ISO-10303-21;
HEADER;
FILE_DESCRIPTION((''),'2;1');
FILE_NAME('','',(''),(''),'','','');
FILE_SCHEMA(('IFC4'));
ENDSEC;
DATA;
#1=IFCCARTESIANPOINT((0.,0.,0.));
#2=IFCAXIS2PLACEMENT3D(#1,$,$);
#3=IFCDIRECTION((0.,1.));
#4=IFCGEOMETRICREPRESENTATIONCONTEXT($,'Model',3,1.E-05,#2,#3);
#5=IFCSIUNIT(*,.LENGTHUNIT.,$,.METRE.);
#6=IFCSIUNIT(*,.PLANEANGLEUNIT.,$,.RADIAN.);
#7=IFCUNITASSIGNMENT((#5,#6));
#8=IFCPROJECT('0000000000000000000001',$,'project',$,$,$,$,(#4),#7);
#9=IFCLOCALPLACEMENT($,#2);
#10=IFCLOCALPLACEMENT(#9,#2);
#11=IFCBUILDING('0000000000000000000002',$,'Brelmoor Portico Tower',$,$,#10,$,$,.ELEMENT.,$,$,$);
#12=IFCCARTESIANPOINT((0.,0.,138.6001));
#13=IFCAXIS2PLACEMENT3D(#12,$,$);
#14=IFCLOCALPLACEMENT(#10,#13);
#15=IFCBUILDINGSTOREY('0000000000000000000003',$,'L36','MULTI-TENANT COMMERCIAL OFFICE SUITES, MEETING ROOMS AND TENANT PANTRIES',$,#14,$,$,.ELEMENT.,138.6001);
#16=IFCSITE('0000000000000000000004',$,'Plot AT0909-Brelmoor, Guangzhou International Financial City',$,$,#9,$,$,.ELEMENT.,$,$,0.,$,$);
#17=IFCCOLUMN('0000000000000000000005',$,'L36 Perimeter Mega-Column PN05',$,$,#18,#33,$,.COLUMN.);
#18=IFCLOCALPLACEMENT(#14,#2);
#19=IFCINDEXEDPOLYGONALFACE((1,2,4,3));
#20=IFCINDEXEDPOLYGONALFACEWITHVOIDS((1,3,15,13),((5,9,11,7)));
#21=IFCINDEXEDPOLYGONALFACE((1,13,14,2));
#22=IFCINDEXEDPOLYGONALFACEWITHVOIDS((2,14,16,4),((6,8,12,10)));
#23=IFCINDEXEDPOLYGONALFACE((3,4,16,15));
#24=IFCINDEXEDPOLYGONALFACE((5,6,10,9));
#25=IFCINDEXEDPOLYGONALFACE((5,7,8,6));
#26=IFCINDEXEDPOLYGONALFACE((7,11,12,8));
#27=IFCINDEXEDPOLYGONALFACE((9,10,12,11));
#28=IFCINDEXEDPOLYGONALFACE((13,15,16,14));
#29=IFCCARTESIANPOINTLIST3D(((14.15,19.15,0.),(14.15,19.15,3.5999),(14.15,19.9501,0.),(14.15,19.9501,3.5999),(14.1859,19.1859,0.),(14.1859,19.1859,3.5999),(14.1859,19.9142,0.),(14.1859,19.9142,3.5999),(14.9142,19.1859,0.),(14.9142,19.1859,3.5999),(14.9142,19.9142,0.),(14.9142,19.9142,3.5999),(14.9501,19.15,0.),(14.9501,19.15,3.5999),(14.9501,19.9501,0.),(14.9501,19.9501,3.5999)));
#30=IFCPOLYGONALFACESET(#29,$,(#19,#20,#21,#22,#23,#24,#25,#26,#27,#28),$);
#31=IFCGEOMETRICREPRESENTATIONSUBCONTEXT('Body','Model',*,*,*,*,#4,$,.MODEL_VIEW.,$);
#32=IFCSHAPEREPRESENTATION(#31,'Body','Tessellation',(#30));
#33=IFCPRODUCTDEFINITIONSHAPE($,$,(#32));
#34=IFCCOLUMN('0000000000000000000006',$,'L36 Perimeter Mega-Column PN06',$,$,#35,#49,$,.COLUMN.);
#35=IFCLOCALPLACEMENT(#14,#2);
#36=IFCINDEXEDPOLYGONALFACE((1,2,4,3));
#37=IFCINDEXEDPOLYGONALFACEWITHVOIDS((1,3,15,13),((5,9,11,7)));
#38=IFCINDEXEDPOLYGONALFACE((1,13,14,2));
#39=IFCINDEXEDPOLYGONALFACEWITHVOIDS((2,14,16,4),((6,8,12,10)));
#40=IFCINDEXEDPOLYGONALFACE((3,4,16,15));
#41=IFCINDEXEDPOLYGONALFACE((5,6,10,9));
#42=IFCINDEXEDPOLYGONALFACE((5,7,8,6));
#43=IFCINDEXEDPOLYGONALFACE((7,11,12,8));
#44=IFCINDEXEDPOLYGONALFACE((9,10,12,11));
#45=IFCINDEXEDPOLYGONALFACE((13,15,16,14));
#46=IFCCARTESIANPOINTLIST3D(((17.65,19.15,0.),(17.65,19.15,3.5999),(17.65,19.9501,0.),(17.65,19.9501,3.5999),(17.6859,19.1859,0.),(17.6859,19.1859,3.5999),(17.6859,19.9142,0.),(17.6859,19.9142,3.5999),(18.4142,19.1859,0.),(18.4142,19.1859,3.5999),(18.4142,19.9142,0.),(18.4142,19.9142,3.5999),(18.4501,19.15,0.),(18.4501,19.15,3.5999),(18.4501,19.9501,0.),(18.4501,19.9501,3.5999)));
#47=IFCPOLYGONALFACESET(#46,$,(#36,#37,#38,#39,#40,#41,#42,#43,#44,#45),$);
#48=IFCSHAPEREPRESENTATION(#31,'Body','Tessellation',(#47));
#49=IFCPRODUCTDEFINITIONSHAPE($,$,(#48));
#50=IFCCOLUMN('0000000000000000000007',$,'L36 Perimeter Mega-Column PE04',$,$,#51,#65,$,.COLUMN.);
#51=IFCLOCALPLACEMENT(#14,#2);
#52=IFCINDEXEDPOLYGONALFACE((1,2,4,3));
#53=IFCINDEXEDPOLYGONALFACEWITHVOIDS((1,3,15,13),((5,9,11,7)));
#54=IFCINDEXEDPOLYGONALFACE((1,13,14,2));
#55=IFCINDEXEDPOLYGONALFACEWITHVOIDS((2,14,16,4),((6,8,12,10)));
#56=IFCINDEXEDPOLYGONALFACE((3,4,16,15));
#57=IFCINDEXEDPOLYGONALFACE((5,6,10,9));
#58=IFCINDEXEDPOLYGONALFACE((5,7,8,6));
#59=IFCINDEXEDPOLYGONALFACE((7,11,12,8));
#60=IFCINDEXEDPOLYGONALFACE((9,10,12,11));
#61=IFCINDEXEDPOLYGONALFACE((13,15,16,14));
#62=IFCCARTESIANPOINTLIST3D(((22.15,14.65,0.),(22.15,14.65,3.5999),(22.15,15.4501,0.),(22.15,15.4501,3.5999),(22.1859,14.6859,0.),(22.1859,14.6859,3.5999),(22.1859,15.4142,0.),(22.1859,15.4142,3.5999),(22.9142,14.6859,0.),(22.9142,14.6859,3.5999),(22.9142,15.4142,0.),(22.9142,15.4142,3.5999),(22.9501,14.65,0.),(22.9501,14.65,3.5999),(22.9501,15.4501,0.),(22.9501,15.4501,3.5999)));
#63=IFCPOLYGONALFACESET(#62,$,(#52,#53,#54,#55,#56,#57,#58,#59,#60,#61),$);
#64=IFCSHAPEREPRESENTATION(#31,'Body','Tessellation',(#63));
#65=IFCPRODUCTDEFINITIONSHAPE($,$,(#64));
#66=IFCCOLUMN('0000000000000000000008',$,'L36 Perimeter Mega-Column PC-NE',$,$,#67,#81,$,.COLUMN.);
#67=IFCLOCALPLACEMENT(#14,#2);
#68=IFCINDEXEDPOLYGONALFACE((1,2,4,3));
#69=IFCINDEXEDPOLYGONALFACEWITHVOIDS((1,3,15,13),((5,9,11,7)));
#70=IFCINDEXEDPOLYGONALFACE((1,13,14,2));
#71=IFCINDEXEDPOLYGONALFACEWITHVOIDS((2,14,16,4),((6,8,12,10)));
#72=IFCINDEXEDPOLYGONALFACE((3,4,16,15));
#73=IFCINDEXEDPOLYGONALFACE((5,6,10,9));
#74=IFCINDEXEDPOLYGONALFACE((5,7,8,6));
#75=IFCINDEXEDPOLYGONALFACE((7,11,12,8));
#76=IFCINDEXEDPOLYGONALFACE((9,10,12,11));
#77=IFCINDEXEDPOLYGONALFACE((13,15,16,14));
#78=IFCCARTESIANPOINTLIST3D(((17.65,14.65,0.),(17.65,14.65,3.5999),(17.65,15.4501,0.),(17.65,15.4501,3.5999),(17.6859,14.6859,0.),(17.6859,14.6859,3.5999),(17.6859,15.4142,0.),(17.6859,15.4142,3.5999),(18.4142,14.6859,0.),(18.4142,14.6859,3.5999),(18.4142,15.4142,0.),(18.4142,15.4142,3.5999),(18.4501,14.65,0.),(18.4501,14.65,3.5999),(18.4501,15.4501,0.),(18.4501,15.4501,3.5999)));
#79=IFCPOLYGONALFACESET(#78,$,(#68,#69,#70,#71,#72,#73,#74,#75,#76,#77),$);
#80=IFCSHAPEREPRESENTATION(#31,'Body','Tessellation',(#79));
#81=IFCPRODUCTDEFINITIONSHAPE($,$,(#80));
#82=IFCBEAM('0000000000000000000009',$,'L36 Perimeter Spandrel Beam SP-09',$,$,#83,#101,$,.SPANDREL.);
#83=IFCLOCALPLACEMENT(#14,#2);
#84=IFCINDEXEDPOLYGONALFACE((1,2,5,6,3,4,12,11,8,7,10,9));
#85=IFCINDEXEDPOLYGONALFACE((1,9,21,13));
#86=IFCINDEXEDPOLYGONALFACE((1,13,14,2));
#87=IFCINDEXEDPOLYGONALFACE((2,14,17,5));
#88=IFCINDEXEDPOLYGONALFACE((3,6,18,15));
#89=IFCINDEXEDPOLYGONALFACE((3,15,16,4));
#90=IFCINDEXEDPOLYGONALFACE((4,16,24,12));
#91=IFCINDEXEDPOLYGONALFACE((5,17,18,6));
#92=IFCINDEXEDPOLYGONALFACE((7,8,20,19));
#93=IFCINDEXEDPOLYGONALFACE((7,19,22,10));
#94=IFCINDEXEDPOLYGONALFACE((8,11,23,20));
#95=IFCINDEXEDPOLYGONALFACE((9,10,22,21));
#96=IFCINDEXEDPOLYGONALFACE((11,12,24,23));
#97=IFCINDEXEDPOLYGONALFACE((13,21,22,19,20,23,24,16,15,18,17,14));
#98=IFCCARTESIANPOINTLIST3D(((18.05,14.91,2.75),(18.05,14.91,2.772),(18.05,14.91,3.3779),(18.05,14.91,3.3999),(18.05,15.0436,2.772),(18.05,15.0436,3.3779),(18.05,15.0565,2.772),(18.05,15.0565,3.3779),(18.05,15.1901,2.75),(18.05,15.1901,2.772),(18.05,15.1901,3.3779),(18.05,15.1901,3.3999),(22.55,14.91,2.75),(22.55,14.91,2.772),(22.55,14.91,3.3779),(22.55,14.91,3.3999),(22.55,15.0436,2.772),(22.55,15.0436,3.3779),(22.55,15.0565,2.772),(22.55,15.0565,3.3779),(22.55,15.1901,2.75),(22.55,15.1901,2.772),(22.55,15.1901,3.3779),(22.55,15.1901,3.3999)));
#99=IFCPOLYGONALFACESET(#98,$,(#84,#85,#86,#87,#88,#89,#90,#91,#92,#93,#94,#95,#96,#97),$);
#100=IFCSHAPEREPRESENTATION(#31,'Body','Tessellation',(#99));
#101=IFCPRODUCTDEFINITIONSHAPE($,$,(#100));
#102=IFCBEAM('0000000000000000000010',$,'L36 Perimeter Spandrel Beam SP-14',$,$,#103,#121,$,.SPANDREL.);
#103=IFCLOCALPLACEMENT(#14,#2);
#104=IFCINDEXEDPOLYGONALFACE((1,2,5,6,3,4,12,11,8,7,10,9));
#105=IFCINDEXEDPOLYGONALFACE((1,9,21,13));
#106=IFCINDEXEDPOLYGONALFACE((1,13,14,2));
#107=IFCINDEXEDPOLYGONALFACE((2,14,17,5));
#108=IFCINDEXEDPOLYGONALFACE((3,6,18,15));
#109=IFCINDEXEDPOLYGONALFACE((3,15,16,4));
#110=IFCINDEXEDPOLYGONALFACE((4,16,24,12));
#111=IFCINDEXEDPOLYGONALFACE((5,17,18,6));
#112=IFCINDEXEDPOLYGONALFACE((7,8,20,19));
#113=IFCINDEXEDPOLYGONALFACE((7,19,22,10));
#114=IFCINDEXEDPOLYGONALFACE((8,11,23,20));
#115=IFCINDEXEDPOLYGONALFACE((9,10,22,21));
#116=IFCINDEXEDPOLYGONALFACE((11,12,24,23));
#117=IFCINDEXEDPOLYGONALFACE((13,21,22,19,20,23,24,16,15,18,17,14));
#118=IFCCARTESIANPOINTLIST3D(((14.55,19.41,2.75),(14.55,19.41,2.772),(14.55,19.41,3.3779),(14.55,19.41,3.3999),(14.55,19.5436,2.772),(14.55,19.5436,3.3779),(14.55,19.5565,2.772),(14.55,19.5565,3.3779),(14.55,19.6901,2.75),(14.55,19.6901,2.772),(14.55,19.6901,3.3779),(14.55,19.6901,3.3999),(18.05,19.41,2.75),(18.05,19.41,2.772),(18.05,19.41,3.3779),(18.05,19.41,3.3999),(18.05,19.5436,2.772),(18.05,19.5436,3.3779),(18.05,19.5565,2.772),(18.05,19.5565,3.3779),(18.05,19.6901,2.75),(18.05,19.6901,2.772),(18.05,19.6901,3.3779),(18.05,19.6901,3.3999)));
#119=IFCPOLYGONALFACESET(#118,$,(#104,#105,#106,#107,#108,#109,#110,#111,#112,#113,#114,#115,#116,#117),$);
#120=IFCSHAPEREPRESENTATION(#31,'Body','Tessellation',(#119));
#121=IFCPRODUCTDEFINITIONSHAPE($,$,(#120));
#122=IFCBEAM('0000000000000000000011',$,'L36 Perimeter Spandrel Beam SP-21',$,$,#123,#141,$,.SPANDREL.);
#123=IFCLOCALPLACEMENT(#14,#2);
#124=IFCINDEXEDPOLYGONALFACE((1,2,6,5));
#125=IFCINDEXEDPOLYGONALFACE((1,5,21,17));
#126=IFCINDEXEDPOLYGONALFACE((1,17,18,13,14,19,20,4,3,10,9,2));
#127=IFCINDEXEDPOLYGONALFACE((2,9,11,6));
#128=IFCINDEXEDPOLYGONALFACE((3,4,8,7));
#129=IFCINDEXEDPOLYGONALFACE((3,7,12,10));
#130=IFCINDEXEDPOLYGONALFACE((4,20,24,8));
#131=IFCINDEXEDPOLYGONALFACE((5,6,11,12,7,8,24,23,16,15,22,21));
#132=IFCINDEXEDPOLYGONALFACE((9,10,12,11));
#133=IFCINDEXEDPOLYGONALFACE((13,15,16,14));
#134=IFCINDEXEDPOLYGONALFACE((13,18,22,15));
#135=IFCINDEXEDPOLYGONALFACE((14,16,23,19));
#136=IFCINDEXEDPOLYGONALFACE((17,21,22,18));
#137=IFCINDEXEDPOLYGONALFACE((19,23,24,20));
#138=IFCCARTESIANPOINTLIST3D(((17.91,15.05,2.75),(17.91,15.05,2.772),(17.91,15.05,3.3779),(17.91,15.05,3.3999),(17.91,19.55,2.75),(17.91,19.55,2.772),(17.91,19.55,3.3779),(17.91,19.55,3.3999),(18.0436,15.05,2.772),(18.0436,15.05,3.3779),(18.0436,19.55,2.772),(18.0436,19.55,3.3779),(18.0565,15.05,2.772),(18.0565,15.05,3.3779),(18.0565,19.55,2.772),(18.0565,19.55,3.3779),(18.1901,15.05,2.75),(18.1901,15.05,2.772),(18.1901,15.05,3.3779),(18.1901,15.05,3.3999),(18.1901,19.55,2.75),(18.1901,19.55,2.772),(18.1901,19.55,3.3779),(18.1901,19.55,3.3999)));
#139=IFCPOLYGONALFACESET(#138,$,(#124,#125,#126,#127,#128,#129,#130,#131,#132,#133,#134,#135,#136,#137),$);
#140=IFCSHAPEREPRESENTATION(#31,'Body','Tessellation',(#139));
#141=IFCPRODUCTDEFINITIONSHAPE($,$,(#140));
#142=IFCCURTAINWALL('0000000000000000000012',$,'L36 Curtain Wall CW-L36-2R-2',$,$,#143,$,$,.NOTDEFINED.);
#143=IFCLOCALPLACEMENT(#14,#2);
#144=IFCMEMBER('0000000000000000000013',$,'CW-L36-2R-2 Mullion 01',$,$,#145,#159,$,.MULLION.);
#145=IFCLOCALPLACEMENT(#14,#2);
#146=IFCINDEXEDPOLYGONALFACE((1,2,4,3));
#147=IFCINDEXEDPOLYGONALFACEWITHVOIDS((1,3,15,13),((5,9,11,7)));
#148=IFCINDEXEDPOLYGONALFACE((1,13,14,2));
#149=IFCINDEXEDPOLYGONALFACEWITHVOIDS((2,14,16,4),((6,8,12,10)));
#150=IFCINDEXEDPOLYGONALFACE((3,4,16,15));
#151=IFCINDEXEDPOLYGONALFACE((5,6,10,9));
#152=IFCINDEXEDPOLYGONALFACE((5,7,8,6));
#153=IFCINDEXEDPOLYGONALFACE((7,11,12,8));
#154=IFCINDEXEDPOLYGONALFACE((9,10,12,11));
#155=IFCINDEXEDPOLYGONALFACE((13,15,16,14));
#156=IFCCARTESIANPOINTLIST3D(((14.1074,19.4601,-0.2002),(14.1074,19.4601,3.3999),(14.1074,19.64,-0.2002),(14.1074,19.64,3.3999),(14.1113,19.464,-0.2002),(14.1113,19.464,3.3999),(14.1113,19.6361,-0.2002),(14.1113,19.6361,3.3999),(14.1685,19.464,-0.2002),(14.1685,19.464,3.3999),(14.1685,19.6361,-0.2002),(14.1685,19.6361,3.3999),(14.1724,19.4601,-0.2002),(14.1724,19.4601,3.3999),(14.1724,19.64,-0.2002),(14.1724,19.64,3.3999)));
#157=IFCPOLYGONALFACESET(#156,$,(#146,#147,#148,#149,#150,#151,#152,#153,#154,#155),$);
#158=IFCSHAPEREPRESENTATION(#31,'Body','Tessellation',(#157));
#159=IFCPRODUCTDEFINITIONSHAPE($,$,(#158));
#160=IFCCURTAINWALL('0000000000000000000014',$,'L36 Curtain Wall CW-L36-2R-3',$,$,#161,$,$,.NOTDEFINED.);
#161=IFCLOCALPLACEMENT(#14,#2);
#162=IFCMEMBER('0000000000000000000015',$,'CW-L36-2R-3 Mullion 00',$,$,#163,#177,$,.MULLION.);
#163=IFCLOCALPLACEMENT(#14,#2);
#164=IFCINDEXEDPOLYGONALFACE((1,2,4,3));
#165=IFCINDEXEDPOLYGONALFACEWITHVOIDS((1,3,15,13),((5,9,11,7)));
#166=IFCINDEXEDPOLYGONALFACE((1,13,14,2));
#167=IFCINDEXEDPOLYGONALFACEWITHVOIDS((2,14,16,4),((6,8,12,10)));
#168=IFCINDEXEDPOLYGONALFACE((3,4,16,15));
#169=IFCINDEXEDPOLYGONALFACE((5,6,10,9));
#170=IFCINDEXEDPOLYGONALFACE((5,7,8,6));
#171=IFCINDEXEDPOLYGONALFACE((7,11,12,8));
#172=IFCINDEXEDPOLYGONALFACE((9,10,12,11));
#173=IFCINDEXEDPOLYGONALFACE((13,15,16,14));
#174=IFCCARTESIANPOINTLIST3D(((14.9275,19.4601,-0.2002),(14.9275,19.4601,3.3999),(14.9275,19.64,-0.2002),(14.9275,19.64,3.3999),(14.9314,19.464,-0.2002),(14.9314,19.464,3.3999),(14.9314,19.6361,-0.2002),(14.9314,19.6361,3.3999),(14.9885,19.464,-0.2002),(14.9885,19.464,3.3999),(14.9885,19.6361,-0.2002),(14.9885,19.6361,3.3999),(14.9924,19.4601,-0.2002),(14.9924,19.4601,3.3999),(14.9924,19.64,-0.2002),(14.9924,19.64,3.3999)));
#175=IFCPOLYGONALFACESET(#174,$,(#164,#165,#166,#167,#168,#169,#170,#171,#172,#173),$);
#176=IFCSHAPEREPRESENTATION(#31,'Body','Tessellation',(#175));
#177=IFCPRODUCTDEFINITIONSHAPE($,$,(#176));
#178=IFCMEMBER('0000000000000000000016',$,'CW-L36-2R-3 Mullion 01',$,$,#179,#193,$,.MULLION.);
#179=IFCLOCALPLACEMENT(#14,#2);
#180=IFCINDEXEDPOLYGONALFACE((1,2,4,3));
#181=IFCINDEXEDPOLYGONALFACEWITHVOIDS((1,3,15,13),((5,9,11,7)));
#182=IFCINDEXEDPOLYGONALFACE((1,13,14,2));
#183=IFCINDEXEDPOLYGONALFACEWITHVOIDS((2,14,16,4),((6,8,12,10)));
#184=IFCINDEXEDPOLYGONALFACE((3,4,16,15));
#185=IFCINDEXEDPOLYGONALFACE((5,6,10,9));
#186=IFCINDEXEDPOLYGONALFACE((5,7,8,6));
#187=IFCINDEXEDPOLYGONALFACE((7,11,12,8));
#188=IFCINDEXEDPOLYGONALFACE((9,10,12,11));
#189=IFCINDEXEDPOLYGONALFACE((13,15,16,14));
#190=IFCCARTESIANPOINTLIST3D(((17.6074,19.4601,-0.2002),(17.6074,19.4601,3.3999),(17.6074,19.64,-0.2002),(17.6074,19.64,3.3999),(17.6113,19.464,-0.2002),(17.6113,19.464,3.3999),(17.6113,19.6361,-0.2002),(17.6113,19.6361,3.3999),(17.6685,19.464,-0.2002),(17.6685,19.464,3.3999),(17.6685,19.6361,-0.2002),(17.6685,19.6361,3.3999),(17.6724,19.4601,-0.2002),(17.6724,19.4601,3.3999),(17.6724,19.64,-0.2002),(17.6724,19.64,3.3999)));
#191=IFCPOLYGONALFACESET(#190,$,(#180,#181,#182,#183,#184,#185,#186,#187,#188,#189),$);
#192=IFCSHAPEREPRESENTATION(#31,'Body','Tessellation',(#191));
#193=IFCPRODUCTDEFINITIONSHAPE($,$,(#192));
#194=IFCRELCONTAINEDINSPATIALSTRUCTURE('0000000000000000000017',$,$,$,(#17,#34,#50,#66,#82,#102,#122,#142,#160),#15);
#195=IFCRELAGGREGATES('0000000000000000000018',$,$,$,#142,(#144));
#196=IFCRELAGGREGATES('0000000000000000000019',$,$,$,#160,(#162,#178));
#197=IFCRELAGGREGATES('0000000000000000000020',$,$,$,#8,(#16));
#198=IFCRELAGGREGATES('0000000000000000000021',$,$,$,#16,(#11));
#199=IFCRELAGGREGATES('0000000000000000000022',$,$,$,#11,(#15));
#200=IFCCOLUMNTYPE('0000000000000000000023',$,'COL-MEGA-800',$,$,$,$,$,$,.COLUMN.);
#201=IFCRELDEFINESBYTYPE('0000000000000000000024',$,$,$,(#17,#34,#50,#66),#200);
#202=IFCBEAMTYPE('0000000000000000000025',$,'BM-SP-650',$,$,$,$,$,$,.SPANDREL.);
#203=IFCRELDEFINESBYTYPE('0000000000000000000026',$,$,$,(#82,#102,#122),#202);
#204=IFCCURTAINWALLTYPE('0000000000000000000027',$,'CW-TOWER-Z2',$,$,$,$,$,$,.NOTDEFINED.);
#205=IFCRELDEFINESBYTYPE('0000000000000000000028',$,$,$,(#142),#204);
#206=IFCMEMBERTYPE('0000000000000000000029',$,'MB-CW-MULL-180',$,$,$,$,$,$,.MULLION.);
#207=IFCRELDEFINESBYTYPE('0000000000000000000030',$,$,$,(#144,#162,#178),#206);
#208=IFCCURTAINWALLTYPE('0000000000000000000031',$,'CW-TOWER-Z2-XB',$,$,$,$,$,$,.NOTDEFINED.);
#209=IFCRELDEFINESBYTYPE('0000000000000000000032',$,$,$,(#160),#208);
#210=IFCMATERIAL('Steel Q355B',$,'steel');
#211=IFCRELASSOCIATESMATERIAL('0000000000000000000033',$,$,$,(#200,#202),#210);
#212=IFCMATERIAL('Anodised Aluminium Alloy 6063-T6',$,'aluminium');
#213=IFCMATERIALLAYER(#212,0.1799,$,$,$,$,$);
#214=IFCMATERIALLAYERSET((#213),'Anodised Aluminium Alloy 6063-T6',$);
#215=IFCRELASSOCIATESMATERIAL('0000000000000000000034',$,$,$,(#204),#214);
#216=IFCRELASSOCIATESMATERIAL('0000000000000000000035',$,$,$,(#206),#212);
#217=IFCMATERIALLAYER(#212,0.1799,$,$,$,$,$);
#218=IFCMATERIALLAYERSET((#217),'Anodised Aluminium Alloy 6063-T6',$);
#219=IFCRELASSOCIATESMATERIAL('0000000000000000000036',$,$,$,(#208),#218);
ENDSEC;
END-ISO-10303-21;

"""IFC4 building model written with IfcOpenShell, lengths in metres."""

from ifc_helpers import new_model, si_unit, direction, frame, origin, origin_2d, place, context, subcontext, project, spatial, hollow_rectangle, i_section, extrude, material, layer, layer_set, material_profile, profile_set, type_object, element, aggregate, save


model = new_model("IFC4")

# Units and contexts
model_context = context("Model", 3, precision=1e-05, world=origin(), true_north=direction((0.0, 1.0)))
body_context = subcontext(model_context, "Body", "Model", "MODEL_VIEW")
ifc_project = project(units=[si_unit("LENGTHUNIT", "METRE"), si_unit("PLANEANGLEUNIT", "RADIAN")], contexts=[model_context])

# Site, building, storey
site_placement = place(None, origin())
site = spatial("IfcSite", under=ifc_project, at=site_placement, Name="Plot AT0909-Brelmoor, Guangzhou International Financial City", CompositionType="ELEMENT", RefElevation=0.0)
building_placement = place(site_placement, origin())
building = spatial("IfcBuilding", under=site, at=building_placement, Name="Brelmoor Portico Tower", CompositionType="ELEMENT")
storey_placement = place(building_placement, frame((0.0, 0.0, 138.6001)))
storey = spatial("IfcBuildingStorey", under=building, at=storey_placement, Name="L36", Description="MULTI-TENANT COMMERCIAL OFFICE SUITES, MEETING ROOMS AND TENANT PANTRIES", CompositionType="ELEMENT", Elevation=138.6001)

# Columns
ifc_material_1 = material(Name="Steel Q355B", Category="steel")
ifc_material_profile_1 = material_profile(ifc_material_1, hollow_rectangle(XDim=0.8, YDim=0.8, WallThickness=0.0359, at=origin_2d()), Name="BOX 800x800x36")
ifc_profile_set_1 = profile_set([ifc_material_profile_1], Name="Steel Q355B")
column_type = type_object("IfcColumnType", Name="COL-MEGA-800", PredefinedType="COLUMN", material=ifc_profile_set_1)
for number, where, z_axis, x_axis, name in (
    (1, (14.55, 19.55, 0.0), (0.0, 0.0, 1.0), (1.0, 0.0, 0.0), "L36 Perimeter Mega-Column PN05"),
    (2, (18.05, 19.55, 0.0), (0.0, 0.0, 1.0), (1.0, 0.0, 0.0), "L36 Perimeter Mega-Column PN06"),
    (3, (22.55, 15.05, 0.0), (0.0, 0.0, 1.0), (0.0, 1.0, 0.0), "L36 Perimeter Mega-Column PE04"),
    (4, (18.05, 15.05, 0.0), (0.0, 0.0, 1.0), (1.0, 0.0, 0.0), "L36 Perimeter Mega-Column PC-NE"),
):
    element("IfcColumn", number, at=place(storey_placement, frame(where, z_axis=z_axis, x_axis=x_axis)), inside=storey, type_object=column_type, Name=name, PredefinedType="COLUMN", context=body_context, shape_type="SweptSolid", body=[
        extrude(hollow_rectangle(XDim=0.8, YDim=0.8, WallThickness=0.0359, at=origin_2d()), origin(), (0.0, 0.0, 1.0), 3.5999),
    ])

# Beams
ifc_material_profile_2 = material_profile(ifc_material_1, i_section(OverallWidth=0.28, OverallDepth=0.6499, WebThickness=0.0129, FlangeThickness=0.022, at=origin_2d()), Name="HN 650x280x13x22")
ifc_profile_set_2 = profile_set([ifc_material_profile_2], Name="Steel Q355B")
beam_type = type_object("IfcBeamType", Name="BM-SP-650", PredefinedType="SPANDREL", material=ifc_profile_set_2)
beam_1_placement = place(storey_placement, frame((18.05, 15.05, 3.075), z_axis=(1.0, 0.0, 0.0), x_axis=(0.0, 1.0, 0.0)))
element("IfcBeam", 5, at=beam_1_placement, inside=storey, type_object=beam_type, Name="L36 Perimeter Spandrel Beam SP-09", PredefinedType="SPANDREL", context=body_context, shape_type="SweptSolid", body=[
    extrude(i_section(OverallWidth=0.28, OverallDepth=0.6499, WebThickness=0.0129, FlangeThickness=0.022, at=origin_2d()), origin(), (0.0, 0.0, 1.0), 4.5),
])
beam_2_placement = place(storey_placement, frame((14.55, 19.55, 3.075), z_axis=(1.0, 0.0, 0.0), x_axis=(0.0, 1.0, 0.0)))
element("IfcBeam", 6, at=beam_2_placement, inside=storey, type_object=beam_type, Name="L36 Perimeter Spandrel Beam SP-14", PredefinedType="SPANDREL", context=body_context, shape_type="SweptSolid", body=[
    extrude(i_section(OverallWidth=0.28, OverallDepth=0.6499, WebThickness=0.0129, FlangeThickness=0.022, at=origin_2d()), origin(), (0.0, 0.0, 1.0), 3.5),
])
beam_3_placement = place(storey_placement, frame((18.05, 15.05, 3.075), z_axis=(0.0, 1.0, 0.0), x_axis=(-1.0, 0.0, 0.0)))
element("IfcBeam", 7, at=beam_3_placement, inside=storey, type_object=beam_type, Name="L36 Perimeter Spandrel Beam SP-21", PredefinedType="SPANDREL", context=body_context, shape_type="SweptSolid", body=[
    extrude(i_section(OverallWidth=0.28, OverallDepth=0.6499, WebThickness=0.0129, FlangeThickness=0.022, at=origin_2d()), origin(), (0.0, 0.0, 1.0), 4.5),
])

# Curtain wall, member
ifc_material_2 = material(Name="Anodised Aluminium Alloy 6063-T6", Category="aluminium")
ifc_layer_1 = layer(ifc_material_2, 0.1799)
ifc_layer_set_1 = layer_set([ifc_layer_1], Name="Anodised Aluminium Alloy 6063-T6")
curtain_wall_type_1 = type_object("IfcCurtainWallType", Name="CW-TOWER-Z2", PredefinedType="NOTDEFINED", material=ifc_layer_set_1)
curtain_wall_1_placement = place(storey_placement, origin())
curtain_wall_1 = element("IfcCurtainWall", 8, at=curtain_wall_1_placement, inside=storey, type_object=curtain_wall_type_1, Name="L36 Curtain Wall CW-L36-2R-2", PredefinedType="NOTDEFINED")
ifc_material_profile_3 = material_profile(ifc_material_2, hollow_rectangle(XDim=0.0649, YDim=0.1799, WallThickness=0.0039, at=origin_2d()), Name="ALU MULLION 65x180")
ifc_profile_set_3 = profile_set([ifc_material_profile_3], Name="Anodised Aluminium Alloy 6063-T6")
member_type_1 = type_object("IfcMemberType", Name="MB-CW-MULL-180", PredefinedType="MULLION", material=ifc_profile_set_3)
member_1_placement = place(storey_placement, frame((14.1399, 19.55, -0.2002), z_axis=(0.0, 0.0, 1.0), x_axis=(1.0, 0.0, 0.0)))
member_1 = element("IfcMember", 9, at=member_1_placement, type_object=member_type_1, Name="CW-L36-2R-2 Mullion 01", PredefinedType="MULLION", context=body_context, shape_type="SweptSolid", body=[
    extrude(hollow_rectangle(XDim=0.0649, YDim=0.1799, WallThickness=0.0039, at=origin_2d()), origin(), (0.0, 0.0, 1.0), 3.6001),
])
aggregate(curtain_wall_1, [member_1])

# Curtain wall, members
ifc_layer_2 = layer(ifc_material_2, 0.1799)
ifc_layer_set_2 = layer_set([ifc_layer_2], Name="Anodised Aluminium Alloy 6063-T6")
curtain_wall_type_2 = type_object("IfcCurtainWallType", Name="CW-TOWER-Z2-XB", PredefinedType="NOTDEFINED", material=ifc_layer_set_2)
curtain_wall_2_placement = place(storey_placement, origin())
curtain_wall_2 = element("IfcCurtainWall", 10, at=curtain_wall_2_placement, inside=storey, type_object=curtain_wall_type_2, Name="L36 Curtain Wall CW-L36-2R-3", PredefinedType="NOTDEFINED")
member_2_placement = place(storey_placement, frame((14.96, 19.55, -0.2002), z_axis=(0.0, 0.0, 1.0), x_axis=(1.0, 0.0, 0.0)))
member_2 = element("IfcMember", 11, at=member_2_placement, type_object=member_type_1, Name="CW-L36-2R-3 Mullion 00", PredefinedType="MULLION", context=body_context, shape_type="SweptSolid", body=[
    extrude(hollow_rectangle(XDim=0.0649, YDim=0.1799, WallThickness=0.0039, at=origin_2d()), origin(), (0.0, 0.0, 1.0), 3.6001),
])
member_3_placement = place(storey_placement, frame((17.6399, 19.55, -0.2002), z_axis=(0.0, 0.0, 1.0), x_axis=(1.0, 0.0, 0.0)))
member_3 = element("IfcMember", 12, at=member_3_placement, type_object=member_type_1, Name="CW-L36-2R-3 Mullion 01", PredefinedType="MULLION", context=body_context, shape_type="SweptSolid", body=[
    extrude(hollow_rectangle(XDim=0.0649, YDim=0.1799, WallThickness=0.0039, at=origin_2d()), origin(), (0.0, 0.0, 1.0), 3.6001),
])

aggregate(curtain_wall_2, [member_2, member_3])

save(model, "model.ifc")
